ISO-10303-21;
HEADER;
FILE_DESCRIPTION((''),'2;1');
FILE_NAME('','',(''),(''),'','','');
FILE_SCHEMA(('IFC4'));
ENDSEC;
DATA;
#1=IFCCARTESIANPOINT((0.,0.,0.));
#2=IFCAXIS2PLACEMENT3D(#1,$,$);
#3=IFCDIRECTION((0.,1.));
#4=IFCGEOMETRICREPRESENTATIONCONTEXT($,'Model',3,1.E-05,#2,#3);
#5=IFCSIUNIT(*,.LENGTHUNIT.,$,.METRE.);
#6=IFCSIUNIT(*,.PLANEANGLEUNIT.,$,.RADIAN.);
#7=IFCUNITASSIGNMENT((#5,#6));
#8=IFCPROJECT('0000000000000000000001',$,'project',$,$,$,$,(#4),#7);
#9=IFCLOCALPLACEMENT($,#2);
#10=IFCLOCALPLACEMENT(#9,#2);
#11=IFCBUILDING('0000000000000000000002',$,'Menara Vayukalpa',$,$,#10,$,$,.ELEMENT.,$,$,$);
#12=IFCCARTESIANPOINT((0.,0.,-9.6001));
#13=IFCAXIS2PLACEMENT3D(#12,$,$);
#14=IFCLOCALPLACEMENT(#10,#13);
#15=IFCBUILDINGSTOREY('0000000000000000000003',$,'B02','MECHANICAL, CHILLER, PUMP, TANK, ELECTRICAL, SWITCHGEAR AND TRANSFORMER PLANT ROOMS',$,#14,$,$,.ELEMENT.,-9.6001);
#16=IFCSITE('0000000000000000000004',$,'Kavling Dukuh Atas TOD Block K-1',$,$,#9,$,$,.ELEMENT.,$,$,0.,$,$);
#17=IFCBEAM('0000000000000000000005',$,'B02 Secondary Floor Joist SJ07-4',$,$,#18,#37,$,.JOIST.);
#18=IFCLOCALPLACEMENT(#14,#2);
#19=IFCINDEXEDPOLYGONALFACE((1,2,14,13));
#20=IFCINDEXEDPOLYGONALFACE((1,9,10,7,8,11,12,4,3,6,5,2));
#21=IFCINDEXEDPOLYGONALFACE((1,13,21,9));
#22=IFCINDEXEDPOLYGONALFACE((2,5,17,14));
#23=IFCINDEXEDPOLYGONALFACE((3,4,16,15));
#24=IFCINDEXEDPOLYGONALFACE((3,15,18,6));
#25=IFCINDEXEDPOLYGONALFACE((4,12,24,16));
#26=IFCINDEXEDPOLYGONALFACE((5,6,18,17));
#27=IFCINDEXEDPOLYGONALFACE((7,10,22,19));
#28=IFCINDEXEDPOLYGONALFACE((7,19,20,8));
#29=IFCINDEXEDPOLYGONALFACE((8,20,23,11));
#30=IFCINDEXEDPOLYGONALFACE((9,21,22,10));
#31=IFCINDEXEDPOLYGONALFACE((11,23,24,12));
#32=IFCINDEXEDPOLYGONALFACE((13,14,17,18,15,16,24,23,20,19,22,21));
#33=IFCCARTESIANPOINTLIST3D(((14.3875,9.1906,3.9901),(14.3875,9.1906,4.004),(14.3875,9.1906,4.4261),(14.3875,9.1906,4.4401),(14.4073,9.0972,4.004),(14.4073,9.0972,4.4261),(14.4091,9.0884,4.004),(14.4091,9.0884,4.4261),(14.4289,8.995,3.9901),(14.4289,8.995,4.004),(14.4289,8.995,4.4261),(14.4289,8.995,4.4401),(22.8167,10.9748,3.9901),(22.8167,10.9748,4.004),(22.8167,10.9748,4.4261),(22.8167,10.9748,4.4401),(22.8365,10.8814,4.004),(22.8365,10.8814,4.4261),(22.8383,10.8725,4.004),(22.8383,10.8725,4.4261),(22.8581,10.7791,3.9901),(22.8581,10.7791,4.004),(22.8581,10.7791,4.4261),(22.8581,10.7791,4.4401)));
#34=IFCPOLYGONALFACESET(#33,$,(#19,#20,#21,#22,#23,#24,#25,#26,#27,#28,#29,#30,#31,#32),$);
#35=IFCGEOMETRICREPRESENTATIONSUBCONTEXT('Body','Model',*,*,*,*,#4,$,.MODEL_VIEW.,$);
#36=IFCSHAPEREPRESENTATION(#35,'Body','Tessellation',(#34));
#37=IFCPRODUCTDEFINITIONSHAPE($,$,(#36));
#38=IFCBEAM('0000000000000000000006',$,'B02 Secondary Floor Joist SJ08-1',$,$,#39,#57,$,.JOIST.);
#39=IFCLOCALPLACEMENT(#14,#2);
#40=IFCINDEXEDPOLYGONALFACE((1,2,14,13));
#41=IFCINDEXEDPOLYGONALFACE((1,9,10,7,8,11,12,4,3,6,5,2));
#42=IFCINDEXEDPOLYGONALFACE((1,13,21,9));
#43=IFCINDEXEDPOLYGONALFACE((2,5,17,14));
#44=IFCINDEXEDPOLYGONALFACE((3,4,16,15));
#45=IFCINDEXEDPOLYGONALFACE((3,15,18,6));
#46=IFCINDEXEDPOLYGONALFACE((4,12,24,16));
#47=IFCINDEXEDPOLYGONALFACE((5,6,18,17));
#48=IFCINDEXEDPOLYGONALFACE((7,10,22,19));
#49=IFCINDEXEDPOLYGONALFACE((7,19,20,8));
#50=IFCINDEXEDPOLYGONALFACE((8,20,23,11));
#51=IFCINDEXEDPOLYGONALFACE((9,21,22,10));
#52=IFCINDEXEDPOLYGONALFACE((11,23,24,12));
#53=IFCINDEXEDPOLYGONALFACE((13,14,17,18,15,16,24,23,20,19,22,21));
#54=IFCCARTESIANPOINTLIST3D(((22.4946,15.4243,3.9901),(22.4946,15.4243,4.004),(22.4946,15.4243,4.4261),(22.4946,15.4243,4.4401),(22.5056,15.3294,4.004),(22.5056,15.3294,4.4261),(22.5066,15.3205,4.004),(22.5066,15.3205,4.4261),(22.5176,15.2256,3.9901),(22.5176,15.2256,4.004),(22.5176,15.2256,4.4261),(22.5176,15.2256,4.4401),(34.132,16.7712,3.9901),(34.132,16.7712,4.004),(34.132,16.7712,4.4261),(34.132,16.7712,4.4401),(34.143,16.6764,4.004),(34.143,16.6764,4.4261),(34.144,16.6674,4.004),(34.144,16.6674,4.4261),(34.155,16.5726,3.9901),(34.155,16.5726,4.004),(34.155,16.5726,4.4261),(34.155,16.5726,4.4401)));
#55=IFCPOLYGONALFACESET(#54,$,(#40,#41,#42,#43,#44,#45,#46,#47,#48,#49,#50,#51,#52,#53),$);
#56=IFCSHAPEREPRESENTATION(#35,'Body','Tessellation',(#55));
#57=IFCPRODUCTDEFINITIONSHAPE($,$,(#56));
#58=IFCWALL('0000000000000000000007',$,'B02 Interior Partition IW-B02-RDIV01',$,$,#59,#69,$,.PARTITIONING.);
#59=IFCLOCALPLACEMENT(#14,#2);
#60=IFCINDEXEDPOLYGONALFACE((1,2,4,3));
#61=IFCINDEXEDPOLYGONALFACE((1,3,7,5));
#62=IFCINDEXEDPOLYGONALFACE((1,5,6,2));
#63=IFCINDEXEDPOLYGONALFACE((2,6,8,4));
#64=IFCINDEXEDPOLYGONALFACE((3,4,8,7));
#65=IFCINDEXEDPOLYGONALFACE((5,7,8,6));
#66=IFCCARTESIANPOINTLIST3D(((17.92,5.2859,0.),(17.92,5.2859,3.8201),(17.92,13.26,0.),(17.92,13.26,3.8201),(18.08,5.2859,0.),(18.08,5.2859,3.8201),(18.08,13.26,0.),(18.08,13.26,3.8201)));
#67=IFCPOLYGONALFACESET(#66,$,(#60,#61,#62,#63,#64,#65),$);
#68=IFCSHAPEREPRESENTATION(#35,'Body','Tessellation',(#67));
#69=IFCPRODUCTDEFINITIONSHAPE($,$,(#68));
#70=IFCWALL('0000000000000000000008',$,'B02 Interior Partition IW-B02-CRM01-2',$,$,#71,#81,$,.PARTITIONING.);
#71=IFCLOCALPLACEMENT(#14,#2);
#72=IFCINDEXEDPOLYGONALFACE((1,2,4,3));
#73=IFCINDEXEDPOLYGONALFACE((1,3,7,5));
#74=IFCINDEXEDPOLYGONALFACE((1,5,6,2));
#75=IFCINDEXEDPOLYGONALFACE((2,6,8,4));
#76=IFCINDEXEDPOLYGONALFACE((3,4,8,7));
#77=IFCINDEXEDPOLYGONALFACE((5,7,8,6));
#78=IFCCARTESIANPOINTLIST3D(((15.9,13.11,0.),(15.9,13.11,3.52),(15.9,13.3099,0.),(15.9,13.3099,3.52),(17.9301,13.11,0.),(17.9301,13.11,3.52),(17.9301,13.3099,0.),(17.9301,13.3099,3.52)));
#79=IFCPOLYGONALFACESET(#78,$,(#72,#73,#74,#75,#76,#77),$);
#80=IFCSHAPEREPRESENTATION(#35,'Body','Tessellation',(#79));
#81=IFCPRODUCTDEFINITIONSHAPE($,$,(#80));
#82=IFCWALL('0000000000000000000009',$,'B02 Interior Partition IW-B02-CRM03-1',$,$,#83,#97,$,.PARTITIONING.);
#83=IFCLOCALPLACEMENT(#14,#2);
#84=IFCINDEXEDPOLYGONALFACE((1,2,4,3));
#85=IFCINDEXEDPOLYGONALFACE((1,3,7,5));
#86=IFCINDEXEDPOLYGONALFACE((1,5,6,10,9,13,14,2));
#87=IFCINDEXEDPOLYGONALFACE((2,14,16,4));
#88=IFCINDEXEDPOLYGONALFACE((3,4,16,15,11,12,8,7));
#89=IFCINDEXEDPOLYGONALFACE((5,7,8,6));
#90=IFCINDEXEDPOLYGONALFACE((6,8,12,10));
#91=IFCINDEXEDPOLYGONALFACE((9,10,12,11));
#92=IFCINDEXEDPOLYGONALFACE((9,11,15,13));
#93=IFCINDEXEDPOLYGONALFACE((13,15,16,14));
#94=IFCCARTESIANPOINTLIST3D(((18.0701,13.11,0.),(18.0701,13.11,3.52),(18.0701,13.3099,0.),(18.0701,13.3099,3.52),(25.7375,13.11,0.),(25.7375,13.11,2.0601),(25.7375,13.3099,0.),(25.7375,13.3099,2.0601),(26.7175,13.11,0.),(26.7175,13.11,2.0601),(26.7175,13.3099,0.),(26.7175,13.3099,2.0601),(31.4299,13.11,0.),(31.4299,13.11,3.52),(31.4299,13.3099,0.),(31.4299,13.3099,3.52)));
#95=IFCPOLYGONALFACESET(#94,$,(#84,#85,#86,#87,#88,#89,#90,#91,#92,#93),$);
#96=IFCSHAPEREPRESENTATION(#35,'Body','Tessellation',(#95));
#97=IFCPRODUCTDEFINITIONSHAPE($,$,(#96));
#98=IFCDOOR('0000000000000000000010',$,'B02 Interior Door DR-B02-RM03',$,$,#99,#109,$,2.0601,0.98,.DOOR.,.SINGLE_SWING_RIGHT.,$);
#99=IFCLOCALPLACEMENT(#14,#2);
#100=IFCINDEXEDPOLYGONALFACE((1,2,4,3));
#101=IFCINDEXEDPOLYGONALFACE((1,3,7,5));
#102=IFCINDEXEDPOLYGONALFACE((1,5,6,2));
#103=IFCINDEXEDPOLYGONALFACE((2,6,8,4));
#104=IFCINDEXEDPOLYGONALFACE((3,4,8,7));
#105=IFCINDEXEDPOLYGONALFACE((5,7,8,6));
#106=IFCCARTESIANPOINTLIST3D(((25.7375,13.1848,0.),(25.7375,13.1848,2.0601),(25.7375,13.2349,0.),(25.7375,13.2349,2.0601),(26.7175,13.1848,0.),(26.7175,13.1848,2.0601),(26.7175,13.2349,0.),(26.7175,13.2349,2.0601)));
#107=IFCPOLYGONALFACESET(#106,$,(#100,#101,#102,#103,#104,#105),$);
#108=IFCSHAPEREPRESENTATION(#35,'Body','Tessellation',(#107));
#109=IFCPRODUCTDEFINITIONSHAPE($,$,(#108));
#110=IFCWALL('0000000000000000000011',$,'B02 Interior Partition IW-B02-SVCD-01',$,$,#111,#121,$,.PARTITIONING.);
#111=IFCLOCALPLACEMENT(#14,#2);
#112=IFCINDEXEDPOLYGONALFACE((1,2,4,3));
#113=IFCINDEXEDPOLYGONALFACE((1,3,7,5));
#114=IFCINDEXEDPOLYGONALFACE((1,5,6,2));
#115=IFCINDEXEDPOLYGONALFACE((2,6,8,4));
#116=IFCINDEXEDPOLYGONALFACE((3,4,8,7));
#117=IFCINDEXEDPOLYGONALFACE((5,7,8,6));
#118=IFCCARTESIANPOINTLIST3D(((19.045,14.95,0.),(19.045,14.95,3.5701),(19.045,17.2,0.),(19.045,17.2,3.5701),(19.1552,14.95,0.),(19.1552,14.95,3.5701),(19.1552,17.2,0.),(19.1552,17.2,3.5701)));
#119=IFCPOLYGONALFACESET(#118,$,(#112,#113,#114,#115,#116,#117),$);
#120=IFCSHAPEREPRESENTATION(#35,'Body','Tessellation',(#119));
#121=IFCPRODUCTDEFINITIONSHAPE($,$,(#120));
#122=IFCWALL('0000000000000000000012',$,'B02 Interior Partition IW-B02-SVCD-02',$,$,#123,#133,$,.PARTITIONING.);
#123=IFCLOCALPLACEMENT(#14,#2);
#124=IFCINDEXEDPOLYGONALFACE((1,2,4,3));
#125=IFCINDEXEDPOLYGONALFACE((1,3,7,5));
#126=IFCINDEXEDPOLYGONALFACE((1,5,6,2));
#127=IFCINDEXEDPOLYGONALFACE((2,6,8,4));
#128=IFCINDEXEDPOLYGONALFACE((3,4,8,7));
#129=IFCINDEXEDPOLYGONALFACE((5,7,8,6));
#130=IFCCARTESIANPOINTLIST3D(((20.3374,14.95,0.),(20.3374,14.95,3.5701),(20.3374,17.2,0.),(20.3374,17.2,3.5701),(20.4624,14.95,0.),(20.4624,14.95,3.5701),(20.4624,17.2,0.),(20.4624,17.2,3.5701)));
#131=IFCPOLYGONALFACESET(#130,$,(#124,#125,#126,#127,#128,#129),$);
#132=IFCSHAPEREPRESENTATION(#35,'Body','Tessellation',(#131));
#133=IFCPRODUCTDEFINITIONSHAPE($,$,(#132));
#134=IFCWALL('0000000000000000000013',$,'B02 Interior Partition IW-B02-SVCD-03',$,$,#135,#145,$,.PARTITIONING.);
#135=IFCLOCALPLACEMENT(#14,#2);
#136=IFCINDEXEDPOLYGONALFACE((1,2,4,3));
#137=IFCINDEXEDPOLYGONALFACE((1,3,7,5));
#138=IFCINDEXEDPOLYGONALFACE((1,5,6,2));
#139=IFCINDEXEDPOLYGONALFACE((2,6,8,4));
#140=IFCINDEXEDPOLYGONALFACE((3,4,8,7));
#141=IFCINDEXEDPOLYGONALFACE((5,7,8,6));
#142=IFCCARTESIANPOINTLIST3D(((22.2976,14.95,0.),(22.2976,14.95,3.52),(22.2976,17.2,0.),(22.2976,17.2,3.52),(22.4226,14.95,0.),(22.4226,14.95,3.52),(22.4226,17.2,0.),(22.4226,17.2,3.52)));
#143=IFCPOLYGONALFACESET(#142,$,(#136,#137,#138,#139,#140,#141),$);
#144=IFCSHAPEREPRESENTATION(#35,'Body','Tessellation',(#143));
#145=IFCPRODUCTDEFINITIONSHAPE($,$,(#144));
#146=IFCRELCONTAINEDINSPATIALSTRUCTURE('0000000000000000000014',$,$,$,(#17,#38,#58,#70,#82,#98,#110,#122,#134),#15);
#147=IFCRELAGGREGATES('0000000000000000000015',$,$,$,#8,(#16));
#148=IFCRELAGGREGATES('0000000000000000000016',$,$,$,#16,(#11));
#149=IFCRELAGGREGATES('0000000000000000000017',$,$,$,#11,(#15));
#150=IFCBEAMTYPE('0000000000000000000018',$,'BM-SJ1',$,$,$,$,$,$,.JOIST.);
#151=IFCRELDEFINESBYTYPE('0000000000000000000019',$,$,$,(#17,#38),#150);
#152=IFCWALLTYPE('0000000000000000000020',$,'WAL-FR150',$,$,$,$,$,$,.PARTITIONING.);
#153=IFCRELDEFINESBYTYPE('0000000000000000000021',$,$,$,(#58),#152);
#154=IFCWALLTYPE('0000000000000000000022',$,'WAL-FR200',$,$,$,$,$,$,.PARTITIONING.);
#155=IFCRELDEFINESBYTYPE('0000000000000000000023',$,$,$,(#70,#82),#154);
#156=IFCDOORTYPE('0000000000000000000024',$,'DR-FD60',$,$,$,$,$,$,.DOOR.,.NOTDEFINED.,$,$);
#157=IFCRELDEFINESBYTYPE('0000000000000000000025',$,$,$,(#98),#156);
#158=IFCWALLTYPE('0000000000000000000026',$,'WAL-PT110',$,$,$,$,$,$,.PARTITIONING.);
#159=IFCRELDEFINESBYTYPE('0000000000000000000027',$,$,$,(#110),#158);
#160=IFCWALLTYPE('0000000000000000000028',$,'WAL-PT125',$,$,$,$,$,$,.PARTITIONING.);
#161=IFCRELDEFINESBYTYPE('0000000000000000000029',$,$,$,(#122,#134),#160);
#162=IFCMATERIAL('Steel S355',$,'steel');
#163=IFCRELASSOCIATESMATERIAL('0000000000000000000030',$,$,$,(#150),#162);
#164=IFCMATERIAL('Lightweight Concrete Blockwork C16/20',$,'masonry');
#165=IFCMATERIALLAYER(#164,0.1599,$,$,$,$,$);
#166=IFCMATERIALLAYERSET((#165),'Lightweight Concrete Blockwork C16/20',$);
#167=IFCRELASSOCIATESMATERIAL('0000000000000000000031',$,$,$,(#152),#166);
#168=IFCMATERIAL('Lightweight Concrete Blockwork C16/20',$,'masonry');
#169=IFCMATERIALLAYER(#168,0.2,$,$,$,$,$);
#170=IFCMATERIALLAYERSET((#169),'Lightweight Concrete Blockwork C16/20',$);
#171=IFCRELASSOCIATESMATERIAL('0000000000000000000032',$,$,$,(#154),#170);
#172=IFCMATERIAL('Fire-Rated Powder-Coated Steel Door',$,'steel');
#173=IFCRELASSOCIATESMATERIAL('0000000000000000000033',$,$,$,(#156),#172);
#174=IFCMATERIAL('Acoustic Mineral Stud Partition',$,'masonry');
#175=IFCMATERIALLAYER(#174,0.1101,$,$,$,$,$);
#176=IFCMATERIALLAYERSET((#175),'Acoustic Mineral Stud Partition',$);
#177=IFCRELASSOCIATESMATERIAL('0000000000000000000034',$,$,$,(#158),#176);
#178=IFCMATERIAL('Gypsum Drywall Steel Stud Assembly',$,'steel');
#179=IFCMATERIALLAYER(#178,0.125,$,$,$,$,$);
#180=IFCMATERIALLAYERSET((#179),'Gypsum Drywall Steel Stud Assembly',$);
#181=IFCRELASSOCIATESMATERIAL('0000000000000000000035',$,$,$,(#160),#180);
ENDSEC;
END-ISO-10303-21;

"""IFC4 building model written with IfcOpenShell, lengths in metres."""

from ifc_helpers import new_model, si_unit, direction, frame, frame_2d, origin, origin_2d, place, context, subcontext, project, spatial, rectangle, i_section, extrude, material, layer, layer_set, material_profile, profile_set, type_object, element, fill, save


model = new_model("IFC4")

# Units and contexts
model_context = context("Model", 3, precision=1e-05, world=origin(), true_north=direction((0.0, 1.0)))
body_context = subcontext(model_context, "Body", "Model", "MODEL_VIEW")
ifc_project = project(units=[si_unit("LENGTHUNIT", "METRE"), si_unit("PLANEANGLEUNIT", "RADIAN")], contexts=[model_context])

# Site, building, storey
site_placement = place(None, origin())
site = spatial("IfcSite", under=ifc_project, at=site_placement, Name="Kavling Dukuh Atas TOD Block K-1", CompositionType="ELEMENT", RefElevation=0.0)
building_placement = place(site_placement, origin())
building = spatial("IfcBuilding", under=site, at=building_placement, Name="Menara Vayukalpa", CompositionType="ELEMENT")
storey_placement = place(building_placement, frame((0.0, 0.0, -9.6001)))
storey = spatial("IfcBuildingStorey", under=building, at=storey_placement, Name="B02", Description="MECHANICAL, CHILLER, PUMP, TANK, ELECTRICAL, SWITCHGEAR AND TRANSFORMER PLANT ROOMS", CompositionType="ELEMENT", Elevation=-9.6001)

# Beams
ifc_material_1 = material(Name="Steel S355", Category="steel")
ifc_material_profile_1 = material_profile(ifc_material_1, i_section(OverallWidth=0.2, OverallDepth=0.45, WebThickness=0.009, FlangeThickness=0.0139, at=origin_2d()), Name="WF 450x200x9x14")
ifc_profile_set_1 = profile_set([ifc_material_profile_1], Name="Steel S355")
beam_type = type_object("IfcBeamType", Name="BM-SJ1", PredefinedType="JOIST", material=ifc_profile_set_1)
beam_1_placement = place(storey_placement, frame((14.4082, 9.0928, 4.2151), z_axis=(0.978324, 0.207079, 0.0), x_axis=(-0.207079, 0.978324, 0.0)))
element("IfcBeam", 1, at=beam_1_placement, inside=storey, type_object=beam_type, Name="B02 Secondary Floor Joist SJ07-4", PredefinedType="JOIST", context=body_context, shape_type="SweptSolid", body=[
    extrude(i_section(OverallWidth=0.2, OverallDepth=0.45, WebThickness=0.009, FlangeThickness=0.0139, at=origin_2d()), origin(), (0.0, 0.0, 1.0), 8.616),
])
beam_2_placement = place(storey_placement, frame((22.5061, 15.325, 4.2151), z_axis=(0.993369, 0.114973, 0.0), x_axis=(-0.114973, 0.993369, 0.0)))
element("IfcBeam", 2, at=beam_2_placement, inside=storey, type_object=beam_type, Name="B02 Secondary Floor Joist SJ08-1", PredefinedType="JOIST", context=body_context, shape_type="SweptSolid", body=[
    extrude(i_section(OverallWidth=0.2, OverallDepth=0.45, WebThickness=0.009, FlangeThickness=0.0139, at=origin_2d()), origin(), (0.0, 0.0, 1.0), 11.7151),
])

# Walls
ifc_material_2 = material(Name="Lightweight Concrete Blockwork C16/20", Category="masonry")
ifc_layer_1 = layer(ifc_material_2, 0.1599)
ifc_layer_set_1 = layer_set([ifc_layer_1], Name="Lightweight Concrete Blockwork C16/20")
wall_type_1 = type_object("IfcWallType", Name="WAL-FR150", PredefinedType="PARTITIONING", material=ifc_layer_set_1)
wall_1_placement = place(storey_placement, frame((18.0, 5.2859, 0.0), z_axis=(0.0, 0.0, 1.0), x_axis=(0.0, 1.0, 0.0)))
element("IfcWall", 3, at=wall_1_placement, inside=storey, type_object=wall_type_1, Name="B02 Interior Partition IW-B02-RDIV01", PredefinedType="PARTITIONING", context=body_context, shape_type="SweptSolid", body=[
    extrude(rectangle(XDim=7.9741, YDim=0.1599, at=frame_2d((3.9871, 0.0))), origin(), (0.0, 0.0, 1.0), 3.8201),
])
ifc_material_3 = material(Name="Lightweight Concrete Blockwork C16/20", Category="masonry")
ifc_layer_2 = layer(ifc_material_3, 0.2)
ifc_layer_set_2 = layer_set([ifc_layer_2], Name="Lightweight Concrete Blockwork C16/20")
wall_type_2 = type_object("IfcWallType", Name="WAL-FR200", PredefinedType="PARTITIONING", material=ifc_layer_set_2)
wall_2_placement = place(storey_placement, frame((15.8999, 13.21, 0.0), z_axis=(0.0, 0.0, 1.0), x_axis=(1.0, 0.0, 0.0)))
element("IfcWall", 4, at=wall_2_placement, inside=storey, type_object=wall_type_2, Name="B02 Interior Partition IW-B02-CRM01-2", PredefinedType="PARTITIONING", context=body_context, shape_type="SweptSolid", body=[
    extrude(rectangle(XDim=2.03, YDim=0.2, at=frame_2d((1.0151, 0.0))), origin(), (0.0, 0.0, 1.0), 3.52),
])

# Wall, opening, door
wall_3_placement = place(storey_placement, frame((18.0701, 13.21, 0.0), z_axis=(0.0, 0.0, 1.0), x_axis=(1.0, 0.0, 0.0)))
wall_3 = element("IfcWall", 5, at=wall_3_placement, inside=storey, type_object=wall_type_2, Name="B02 Interior Partition IW-B02-CRM03-1", PredefinedType="PARTITIONING", context=body_context, shape_type="SweptSolid", body=[
    extrude(rectangle(XDim=13.3599, YDim=0.2, at=frame_2d((6.6799, 0.0))), origin(), (0.0, 0.0, 1.0), 3.52),
])
opening_1_placement = place(wall_3_placement, frame((7.6675, 0.0, 0.0)))
opening_1 = element("IfcOpeningElement", 6, at=opening_1_placement, cuts=wall_3, PredefinedType="OPENING", context=body_context, shape_type="SweptSolid", body=[
    extrude(rectangle(XDim=0.98, YDim=2.0601, at=frame_2d((0.49, 1.03))), frame((0.0, 0.1099, 0.0), z_axis=(0.0, -1.0, 0.0), x_axis=(1.0, 0.0, 0.0)), (0.0, 0.0, 1.0), 0.22),
])
ifc_material_4 = material(Name="Fire-Rated Powder-Coated Steel Door", Category="steel")
door_type_1 = type_object("IfcDoorType", Name="DR-FD60", OperationType="NOTDEFINED", PredefinedType="DOOR", material=ifc_material_4)
door_1_placement = place(opening_1_placement, origin())
door_1 = element("IfcDoor", 7, at=door_1_placement, inside=storey, type_object=door_type_1, Name="B02 Interior Door DR-B02-RM03", OperationType="SINGLE_SWING_RIGHT", OverallHeight=2.0601, OverallWidth=0.98, PredefinedType="DOOR", context=body_context, shape_type="SweptSolid", body=[
    extrude(rectangle(XDim=0.98, YDim=2.0601, at=frame_2d((0.49, 1.03))), frame((0.0, 0.0249, 0.0), z_axis=(0.0, -1.0, 0.0), x_axis=(1.0, 0.0, 0.0)), (0.0, 0.0, 1.0), 0.05),
])
fill(opening_1, door_1)

# Walls
ifc_material_5 = material(Name="Acoustic Mineral Stud Partition", Category="masonry")
ifc_layer_3 = layer(ifc_material_5, 0.1101)
ifc_layer_set_3 = layer_set([ifc_layer_3], Name="Acoustic Mineral Stud Partition")
wall_type_3 = type_object("IfcWallType", Name="WAL-PT110", PredefinedType="PARTITIONING", material=ifc_layer_set_3)
wall_4_placement = place(storey_placement, frame((19.1001, 14.95, 0.0), z_axis=(0.0, 0.0, 1.0), x_axis=(0.0, 1.0, 0.0)))
element("IfcWall", 8, at=wall_4_placement, inside=storey, type_object=wall_type_3, Name="B02 Interior Partition IW-B02-SVCD-01", PredefinedType="PARTITIONING", context=body_context, shape_type="SweptSolid", body=[
    extrude(rectangle(XDim=2.25, YDim=0.1101, at=frame_2d((1.125, 0.0))), origin(), (0.0, 0.0, 1.0), 3.5701),
])
ifc_material_6 = material(Name="Gypsum Drywall Steel Stud Assembly", Category="steel")
ifc_layer_4 = layer(ifc_material_6, 0.125)
ifc_layer_set_4 = layer_set([ifc_layer_4], Name="Gypsum Drywall Steel Stud Assembly")
wall_type_4 = type_object("IfcWallType", Name="WAL-PT125", PredefinedType="PARTITIONING", material=ifc_layer_set_4)
wall_5_placement = place(storey_placement, frame((20.3999, 14.95, 0.0), z_axis=(0.0, 0.0, 1.0), x_axis=(0.0, 1.0, 0.0)))
element("IfcWall", 9, at=wall_5_placement, inside=storey, type_object=wall_type_4, Name="B02 Interior Partition IW-B02-SVCD-02", PredefinedType="PARTITIONING", context=body_context, shape_type="SweptSolid", body=[
    extrude(rectangle(XDim=2.25, YDim=0.125, at=frame_2d((1.125, 0.0))), origin(), (0.0, 0.0, 1.0), 3.5701),
])
wall_6_placement = place(storey_placement, frame((22.3601, 14.95, 0.0), z_axis=(0.0, 0.0, 1.0), x_axis=(0.0, 1.0, 0.0)))
element("IfcWall", 10, at=wall_6_placement, inside=storey, type_object=wall_type_4, Name="B02 Interior Partition IW-B02-SVCD-03", PredefinedType="PARTITIONING", context=body_context, shape_type="SweptSolid", body=[
    extrude(rectangle(XDim=2.25, YDim=0.125, at=frame_2d((1.125, 0.0))), origin(), (0.0, 0.0, 1.0), 3.52),
])

save(model, "model.ifc")
